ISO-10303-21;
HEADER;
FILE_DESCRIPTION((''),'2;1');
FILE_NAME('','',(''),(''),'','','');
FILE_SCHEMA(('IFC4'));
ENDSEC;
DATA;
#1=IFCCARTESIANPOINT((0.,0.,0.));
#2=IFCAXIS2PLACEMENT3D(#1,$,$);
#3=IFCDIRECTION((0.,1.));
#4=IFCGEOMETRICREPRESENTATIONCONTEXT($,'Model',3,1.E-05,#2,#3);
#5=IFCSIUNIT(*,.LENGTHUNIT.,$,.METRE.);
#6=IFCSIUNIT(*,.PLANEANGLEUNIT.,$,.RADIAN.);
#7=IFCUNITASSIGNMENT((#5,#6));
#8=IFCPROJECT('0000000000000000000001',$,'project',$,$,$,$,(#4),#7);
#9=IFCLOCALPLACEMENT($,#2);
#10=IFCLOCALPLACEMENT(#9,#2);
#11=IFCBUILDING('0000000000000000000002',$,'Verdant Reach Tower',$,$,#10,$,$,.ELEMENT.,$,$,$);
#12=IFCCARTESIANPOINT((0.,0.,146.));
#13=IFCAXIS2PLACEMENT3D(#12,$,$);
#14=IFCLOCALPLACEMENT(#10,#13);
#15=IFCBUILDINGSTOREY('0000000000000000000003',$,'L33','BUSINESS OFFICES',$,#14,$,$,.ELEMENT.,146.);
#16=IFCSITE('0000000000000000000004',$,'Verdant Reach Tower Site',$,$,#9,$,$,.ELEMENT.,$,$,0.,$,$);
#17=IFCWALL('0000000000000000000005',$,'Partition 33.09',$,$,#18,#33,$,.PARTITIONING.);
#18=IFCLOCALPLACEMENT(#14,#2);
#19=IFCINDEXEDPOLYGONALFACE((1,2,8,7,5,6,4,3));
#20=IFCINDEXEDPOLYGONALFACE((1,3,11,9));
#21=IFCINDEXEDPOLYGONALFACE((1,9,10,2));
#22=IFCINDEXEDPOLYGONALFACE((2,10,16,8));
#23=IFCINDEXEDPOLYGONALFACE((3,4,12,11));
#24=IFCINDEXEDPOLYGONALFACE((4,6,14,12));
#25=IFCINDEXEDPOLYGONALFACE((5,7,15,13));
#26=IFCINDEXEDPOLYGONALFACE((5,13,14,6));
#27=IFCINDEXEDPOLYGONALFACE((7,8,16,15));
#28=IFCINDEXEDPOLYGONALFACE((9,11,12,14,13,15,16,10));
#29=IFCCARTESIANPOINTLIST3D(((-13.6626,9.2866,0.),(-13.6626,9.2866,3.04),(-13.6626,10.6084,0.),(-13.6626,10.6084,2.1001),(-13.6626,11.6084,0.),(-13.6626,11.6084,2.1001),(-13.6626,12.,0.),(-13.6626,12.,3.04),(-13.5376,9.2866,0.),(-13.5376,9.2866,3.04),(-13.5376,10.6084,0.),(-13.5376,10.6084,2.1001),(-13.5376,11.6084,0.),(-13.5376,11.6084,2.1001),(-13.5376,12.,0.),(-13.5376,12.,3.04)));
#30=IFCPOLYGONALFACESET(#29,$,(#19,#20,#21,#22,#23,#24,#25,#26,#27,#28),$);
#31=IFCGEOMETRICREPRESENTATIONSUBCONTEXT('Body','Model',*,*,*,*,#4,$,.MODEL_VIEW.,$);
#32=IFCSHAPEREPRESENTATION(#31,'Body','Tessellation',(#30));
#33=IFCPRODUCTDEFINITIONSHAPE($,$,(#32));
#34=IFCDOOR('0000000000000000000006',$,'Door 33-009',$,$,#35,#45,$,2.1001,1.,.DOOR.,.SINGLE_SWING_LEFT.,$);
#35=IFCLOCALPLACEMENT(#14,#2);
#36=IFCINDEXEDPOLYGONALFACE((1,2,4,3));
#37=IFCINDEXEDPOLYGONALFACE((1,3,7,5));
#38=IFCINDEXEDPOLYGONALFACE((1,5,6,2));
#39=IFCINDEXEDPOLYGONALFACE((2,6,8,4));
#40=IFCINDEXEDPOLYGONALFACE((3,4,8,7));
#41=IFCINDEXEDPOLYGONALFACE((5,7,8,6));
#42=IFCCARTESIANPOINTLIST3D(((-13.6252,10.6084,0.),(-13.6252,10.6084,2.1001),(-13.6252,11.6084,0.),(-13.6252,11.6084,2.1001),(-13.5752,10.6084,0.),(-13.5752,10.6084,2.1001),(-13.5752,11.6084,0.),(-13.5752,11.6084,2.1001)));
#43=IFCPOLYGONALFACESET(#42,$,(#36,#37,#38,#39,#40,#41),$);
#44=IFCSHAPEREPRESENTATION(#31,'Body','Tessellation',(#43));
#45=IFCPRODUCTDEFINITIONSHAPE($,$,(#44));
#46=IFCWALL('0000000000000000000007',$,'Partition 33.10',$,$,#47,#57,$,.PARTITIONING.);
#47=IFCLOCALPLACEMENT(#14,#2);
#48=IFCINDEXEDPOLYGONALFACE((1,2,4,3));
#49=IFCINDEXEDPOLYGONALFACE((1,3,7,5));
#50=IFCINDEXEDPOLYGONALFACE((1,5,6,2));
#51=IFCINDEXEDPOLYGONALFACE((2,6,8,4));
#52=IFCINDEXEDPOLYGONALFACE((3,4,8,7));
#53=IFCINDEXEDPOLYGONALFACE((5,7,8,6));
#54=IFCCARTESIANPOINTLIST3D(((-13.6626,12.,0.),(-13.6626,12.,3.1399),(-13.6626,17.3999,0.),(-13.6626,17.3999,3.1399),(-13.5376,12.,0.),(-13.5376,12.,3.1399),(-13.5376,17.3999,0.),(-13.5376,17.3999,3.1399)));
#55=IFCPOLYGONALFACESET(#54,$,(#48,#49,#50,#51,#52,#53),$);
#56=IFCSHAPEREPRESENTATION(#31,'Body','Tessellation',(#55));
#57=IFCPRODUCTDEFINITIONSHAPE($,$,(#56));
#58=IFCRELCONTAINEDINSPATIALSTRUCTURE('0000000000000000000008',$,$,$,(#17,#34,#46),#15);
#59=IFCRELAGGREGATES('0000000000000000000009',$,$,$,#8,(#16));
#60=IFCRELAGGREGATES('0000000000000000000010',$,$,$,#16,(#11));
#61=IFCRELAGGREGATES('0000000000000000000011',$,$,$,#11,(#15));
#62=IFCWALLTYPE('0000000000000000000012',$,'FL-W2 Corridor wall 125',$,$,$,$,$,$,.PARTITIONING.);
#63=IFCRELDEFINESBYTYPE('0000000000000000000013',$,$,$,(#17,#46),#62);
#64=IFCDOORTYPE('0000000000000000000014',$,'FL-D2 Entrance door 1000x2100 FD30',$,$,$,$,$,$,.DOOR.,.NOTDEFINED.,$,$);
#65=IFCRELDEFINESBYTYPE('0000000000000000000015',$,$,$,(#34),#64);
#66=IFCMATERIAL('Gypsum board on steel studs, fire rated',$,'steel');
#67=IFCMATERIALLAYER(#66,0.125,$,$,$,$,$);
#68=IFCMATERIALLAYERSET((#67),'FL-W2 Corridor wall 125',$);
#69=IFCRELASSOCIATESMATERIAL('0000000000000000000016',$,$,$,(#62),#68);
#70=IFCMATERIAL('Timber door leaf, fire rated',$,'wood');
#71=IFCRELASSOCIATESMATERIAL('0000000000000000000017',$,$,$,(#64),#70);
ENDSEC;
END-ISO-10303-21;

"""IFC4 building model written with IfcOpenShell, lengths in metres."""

from ifc_helpers import new_model, si_unit, direction, frame, frame_2d, origin, place, context, subcontext, project, spatial, rectangle, extrude, material, layer, layer_set, type_object, element, fill, save


model = new_model("IFC4")

# Units and contexts
model_context = context("Model", 3, precision=1e-05, world=origin(), true_north=direction((0.0, 1.0)))
body_context = subcontext(model_context, "Body", "Model", "MODEL_VIEW")
ifc_project = project(units=[si_unit("LENGTHUNIT", "METRE"), si_unit("PLANEANGLEUNIT", "RADIAN")], contexts=[model_context])

# Site, building, storey
site_placement = place(None, origin())
site = spatial("IfcSite", under=ifc_project, at=site_placement, Name="Verdant Reach Tower Site", CompositionType="ELEMENT", RefElevation=0.0)
building_placement = place(site_placement, origin())
building = spatial("IfcBuilding", under=site, at=building_placement, Name="Verdant Reach Tower", CompositionType="ELEMENT")
storey_placement = place(building_placement, frame((0.0, 0.0, 146.0)))
storey = spatial("IfcBuildingStorey", under=building, at=storey_placement, Name="L33", Description="BUSINESS OFFICES", CompositionType="ELEMENT", Elevation=146.0)

# Wall, opening, door
ifc_material_1 = material(Name="Gypsum board on steel studs, fire rated", Category="steel")
ifc_layer_1 = layer(ifc_material_1, 0.125)
ifc_layer_set_1 = layer_set([ifc_layer_1], Name="FL-W2 Corridor wall 125")
wall_type_1 = type_object("IfcWallType", Name="FL-W2 Corridor wall 125", PredefinedType="PARTITIONING", material=ifc_layer_set_1)
ifc_material_2 = material(Name="Timber door leaf, fire rated", Category="wood")
door_type = type_object("IfcDoorType", Name="FL-D2 Entrance door 1000x2100 FD30", OperationType="NOTDEFINED", PredefinedType="DOOR", material=ifc_material_2)
wall_1_placement = place(storey_placement, frame((-13.6001, 12.0, 0.0), z_axis=(0.0, 0.0, 1.0), x_axis=(0.0, -1.0, 0.0)))
wall_1 = element("IfcWall", 1, at=wall_1_placement, inside=storey, type_object=wall_type_1, Name="Partition 33.09", PredefinedType="PARTITIONING", context=body_context, shape_type="SweptSolid", body=[
    extrude(rectangle(XDim=2.7134, YDim=0.125, at=frame_2d((1.3567, 0.0))), origin(), (0.0, 0.0, 1.0), 3.04),
])
opening_1_placement = place(wall_1_placement, frame((0.3916, 0.0, 0.0)))
opening_1 = element("IfcOpeningElement", 2, at=opening_1_placement, cuts=wall_1, PredefinedType="OPENING", context=body_context, shape_type="SweptSolid", body=[
    extrude(rectangle(XDim=1.0, YDim=2.1001, at=frame_2d((0.5, 1.05))), frame((0.0, 0.0725, 0.0), z_axis=(0.0, -1.0, 0.0), x_axis=(1.0, 0.0, 0.0)), (0.0, 0.0, 1.0), 0.145),
])
door_1_placement = place(opening_1_placement, origin())
door_1 = element("IfcDoor", 3, at=door_1_placement, inside=storey, type_object=door_type, Name="Door 33-009", OperationType="SINGLE_SWING_LEFT", OverallHeight=2.1001, OverallWidth=1.0, PredefinedType="DOOR", context=body_context, shape_type="SweptSolid", body=[
    extrude(rectangle(XDim=1.0, YDim=2.1001, at=frame_2d((0.5, 1.05))), frame((0.0, 0.0249, 0.0), z_axis=(0.0, -1.0, 0.0), x_axis=(1.0, 0.0, 0.0)), (0.0, 0.0, 1.0), 0.05),
])
fill(opening_1, door_1)

# Wall
wall_2_placement = place(storey_placement, frame((-13.6001, 12.0, 0.0), z_axis=(0.0, 0.0, 1.0), x_axis=(0.0, 1.0, 0.0)))
element("IfcWall", 4, at=wall_2_placement, inside=storey, type_object=wall_type_1, Name="Partition 33.10", PredefinedType="PARTITIONING", context=body_context, shape_type="SweptSolid", body=[
    extrude(rectangle(XDim=5.3999, YDim=0.125, at=frame_2d((2.7, 0.0))), origin(), (0.0, 0.0, 1.0), 3.1399),
])

save(model, "model.ifc")
